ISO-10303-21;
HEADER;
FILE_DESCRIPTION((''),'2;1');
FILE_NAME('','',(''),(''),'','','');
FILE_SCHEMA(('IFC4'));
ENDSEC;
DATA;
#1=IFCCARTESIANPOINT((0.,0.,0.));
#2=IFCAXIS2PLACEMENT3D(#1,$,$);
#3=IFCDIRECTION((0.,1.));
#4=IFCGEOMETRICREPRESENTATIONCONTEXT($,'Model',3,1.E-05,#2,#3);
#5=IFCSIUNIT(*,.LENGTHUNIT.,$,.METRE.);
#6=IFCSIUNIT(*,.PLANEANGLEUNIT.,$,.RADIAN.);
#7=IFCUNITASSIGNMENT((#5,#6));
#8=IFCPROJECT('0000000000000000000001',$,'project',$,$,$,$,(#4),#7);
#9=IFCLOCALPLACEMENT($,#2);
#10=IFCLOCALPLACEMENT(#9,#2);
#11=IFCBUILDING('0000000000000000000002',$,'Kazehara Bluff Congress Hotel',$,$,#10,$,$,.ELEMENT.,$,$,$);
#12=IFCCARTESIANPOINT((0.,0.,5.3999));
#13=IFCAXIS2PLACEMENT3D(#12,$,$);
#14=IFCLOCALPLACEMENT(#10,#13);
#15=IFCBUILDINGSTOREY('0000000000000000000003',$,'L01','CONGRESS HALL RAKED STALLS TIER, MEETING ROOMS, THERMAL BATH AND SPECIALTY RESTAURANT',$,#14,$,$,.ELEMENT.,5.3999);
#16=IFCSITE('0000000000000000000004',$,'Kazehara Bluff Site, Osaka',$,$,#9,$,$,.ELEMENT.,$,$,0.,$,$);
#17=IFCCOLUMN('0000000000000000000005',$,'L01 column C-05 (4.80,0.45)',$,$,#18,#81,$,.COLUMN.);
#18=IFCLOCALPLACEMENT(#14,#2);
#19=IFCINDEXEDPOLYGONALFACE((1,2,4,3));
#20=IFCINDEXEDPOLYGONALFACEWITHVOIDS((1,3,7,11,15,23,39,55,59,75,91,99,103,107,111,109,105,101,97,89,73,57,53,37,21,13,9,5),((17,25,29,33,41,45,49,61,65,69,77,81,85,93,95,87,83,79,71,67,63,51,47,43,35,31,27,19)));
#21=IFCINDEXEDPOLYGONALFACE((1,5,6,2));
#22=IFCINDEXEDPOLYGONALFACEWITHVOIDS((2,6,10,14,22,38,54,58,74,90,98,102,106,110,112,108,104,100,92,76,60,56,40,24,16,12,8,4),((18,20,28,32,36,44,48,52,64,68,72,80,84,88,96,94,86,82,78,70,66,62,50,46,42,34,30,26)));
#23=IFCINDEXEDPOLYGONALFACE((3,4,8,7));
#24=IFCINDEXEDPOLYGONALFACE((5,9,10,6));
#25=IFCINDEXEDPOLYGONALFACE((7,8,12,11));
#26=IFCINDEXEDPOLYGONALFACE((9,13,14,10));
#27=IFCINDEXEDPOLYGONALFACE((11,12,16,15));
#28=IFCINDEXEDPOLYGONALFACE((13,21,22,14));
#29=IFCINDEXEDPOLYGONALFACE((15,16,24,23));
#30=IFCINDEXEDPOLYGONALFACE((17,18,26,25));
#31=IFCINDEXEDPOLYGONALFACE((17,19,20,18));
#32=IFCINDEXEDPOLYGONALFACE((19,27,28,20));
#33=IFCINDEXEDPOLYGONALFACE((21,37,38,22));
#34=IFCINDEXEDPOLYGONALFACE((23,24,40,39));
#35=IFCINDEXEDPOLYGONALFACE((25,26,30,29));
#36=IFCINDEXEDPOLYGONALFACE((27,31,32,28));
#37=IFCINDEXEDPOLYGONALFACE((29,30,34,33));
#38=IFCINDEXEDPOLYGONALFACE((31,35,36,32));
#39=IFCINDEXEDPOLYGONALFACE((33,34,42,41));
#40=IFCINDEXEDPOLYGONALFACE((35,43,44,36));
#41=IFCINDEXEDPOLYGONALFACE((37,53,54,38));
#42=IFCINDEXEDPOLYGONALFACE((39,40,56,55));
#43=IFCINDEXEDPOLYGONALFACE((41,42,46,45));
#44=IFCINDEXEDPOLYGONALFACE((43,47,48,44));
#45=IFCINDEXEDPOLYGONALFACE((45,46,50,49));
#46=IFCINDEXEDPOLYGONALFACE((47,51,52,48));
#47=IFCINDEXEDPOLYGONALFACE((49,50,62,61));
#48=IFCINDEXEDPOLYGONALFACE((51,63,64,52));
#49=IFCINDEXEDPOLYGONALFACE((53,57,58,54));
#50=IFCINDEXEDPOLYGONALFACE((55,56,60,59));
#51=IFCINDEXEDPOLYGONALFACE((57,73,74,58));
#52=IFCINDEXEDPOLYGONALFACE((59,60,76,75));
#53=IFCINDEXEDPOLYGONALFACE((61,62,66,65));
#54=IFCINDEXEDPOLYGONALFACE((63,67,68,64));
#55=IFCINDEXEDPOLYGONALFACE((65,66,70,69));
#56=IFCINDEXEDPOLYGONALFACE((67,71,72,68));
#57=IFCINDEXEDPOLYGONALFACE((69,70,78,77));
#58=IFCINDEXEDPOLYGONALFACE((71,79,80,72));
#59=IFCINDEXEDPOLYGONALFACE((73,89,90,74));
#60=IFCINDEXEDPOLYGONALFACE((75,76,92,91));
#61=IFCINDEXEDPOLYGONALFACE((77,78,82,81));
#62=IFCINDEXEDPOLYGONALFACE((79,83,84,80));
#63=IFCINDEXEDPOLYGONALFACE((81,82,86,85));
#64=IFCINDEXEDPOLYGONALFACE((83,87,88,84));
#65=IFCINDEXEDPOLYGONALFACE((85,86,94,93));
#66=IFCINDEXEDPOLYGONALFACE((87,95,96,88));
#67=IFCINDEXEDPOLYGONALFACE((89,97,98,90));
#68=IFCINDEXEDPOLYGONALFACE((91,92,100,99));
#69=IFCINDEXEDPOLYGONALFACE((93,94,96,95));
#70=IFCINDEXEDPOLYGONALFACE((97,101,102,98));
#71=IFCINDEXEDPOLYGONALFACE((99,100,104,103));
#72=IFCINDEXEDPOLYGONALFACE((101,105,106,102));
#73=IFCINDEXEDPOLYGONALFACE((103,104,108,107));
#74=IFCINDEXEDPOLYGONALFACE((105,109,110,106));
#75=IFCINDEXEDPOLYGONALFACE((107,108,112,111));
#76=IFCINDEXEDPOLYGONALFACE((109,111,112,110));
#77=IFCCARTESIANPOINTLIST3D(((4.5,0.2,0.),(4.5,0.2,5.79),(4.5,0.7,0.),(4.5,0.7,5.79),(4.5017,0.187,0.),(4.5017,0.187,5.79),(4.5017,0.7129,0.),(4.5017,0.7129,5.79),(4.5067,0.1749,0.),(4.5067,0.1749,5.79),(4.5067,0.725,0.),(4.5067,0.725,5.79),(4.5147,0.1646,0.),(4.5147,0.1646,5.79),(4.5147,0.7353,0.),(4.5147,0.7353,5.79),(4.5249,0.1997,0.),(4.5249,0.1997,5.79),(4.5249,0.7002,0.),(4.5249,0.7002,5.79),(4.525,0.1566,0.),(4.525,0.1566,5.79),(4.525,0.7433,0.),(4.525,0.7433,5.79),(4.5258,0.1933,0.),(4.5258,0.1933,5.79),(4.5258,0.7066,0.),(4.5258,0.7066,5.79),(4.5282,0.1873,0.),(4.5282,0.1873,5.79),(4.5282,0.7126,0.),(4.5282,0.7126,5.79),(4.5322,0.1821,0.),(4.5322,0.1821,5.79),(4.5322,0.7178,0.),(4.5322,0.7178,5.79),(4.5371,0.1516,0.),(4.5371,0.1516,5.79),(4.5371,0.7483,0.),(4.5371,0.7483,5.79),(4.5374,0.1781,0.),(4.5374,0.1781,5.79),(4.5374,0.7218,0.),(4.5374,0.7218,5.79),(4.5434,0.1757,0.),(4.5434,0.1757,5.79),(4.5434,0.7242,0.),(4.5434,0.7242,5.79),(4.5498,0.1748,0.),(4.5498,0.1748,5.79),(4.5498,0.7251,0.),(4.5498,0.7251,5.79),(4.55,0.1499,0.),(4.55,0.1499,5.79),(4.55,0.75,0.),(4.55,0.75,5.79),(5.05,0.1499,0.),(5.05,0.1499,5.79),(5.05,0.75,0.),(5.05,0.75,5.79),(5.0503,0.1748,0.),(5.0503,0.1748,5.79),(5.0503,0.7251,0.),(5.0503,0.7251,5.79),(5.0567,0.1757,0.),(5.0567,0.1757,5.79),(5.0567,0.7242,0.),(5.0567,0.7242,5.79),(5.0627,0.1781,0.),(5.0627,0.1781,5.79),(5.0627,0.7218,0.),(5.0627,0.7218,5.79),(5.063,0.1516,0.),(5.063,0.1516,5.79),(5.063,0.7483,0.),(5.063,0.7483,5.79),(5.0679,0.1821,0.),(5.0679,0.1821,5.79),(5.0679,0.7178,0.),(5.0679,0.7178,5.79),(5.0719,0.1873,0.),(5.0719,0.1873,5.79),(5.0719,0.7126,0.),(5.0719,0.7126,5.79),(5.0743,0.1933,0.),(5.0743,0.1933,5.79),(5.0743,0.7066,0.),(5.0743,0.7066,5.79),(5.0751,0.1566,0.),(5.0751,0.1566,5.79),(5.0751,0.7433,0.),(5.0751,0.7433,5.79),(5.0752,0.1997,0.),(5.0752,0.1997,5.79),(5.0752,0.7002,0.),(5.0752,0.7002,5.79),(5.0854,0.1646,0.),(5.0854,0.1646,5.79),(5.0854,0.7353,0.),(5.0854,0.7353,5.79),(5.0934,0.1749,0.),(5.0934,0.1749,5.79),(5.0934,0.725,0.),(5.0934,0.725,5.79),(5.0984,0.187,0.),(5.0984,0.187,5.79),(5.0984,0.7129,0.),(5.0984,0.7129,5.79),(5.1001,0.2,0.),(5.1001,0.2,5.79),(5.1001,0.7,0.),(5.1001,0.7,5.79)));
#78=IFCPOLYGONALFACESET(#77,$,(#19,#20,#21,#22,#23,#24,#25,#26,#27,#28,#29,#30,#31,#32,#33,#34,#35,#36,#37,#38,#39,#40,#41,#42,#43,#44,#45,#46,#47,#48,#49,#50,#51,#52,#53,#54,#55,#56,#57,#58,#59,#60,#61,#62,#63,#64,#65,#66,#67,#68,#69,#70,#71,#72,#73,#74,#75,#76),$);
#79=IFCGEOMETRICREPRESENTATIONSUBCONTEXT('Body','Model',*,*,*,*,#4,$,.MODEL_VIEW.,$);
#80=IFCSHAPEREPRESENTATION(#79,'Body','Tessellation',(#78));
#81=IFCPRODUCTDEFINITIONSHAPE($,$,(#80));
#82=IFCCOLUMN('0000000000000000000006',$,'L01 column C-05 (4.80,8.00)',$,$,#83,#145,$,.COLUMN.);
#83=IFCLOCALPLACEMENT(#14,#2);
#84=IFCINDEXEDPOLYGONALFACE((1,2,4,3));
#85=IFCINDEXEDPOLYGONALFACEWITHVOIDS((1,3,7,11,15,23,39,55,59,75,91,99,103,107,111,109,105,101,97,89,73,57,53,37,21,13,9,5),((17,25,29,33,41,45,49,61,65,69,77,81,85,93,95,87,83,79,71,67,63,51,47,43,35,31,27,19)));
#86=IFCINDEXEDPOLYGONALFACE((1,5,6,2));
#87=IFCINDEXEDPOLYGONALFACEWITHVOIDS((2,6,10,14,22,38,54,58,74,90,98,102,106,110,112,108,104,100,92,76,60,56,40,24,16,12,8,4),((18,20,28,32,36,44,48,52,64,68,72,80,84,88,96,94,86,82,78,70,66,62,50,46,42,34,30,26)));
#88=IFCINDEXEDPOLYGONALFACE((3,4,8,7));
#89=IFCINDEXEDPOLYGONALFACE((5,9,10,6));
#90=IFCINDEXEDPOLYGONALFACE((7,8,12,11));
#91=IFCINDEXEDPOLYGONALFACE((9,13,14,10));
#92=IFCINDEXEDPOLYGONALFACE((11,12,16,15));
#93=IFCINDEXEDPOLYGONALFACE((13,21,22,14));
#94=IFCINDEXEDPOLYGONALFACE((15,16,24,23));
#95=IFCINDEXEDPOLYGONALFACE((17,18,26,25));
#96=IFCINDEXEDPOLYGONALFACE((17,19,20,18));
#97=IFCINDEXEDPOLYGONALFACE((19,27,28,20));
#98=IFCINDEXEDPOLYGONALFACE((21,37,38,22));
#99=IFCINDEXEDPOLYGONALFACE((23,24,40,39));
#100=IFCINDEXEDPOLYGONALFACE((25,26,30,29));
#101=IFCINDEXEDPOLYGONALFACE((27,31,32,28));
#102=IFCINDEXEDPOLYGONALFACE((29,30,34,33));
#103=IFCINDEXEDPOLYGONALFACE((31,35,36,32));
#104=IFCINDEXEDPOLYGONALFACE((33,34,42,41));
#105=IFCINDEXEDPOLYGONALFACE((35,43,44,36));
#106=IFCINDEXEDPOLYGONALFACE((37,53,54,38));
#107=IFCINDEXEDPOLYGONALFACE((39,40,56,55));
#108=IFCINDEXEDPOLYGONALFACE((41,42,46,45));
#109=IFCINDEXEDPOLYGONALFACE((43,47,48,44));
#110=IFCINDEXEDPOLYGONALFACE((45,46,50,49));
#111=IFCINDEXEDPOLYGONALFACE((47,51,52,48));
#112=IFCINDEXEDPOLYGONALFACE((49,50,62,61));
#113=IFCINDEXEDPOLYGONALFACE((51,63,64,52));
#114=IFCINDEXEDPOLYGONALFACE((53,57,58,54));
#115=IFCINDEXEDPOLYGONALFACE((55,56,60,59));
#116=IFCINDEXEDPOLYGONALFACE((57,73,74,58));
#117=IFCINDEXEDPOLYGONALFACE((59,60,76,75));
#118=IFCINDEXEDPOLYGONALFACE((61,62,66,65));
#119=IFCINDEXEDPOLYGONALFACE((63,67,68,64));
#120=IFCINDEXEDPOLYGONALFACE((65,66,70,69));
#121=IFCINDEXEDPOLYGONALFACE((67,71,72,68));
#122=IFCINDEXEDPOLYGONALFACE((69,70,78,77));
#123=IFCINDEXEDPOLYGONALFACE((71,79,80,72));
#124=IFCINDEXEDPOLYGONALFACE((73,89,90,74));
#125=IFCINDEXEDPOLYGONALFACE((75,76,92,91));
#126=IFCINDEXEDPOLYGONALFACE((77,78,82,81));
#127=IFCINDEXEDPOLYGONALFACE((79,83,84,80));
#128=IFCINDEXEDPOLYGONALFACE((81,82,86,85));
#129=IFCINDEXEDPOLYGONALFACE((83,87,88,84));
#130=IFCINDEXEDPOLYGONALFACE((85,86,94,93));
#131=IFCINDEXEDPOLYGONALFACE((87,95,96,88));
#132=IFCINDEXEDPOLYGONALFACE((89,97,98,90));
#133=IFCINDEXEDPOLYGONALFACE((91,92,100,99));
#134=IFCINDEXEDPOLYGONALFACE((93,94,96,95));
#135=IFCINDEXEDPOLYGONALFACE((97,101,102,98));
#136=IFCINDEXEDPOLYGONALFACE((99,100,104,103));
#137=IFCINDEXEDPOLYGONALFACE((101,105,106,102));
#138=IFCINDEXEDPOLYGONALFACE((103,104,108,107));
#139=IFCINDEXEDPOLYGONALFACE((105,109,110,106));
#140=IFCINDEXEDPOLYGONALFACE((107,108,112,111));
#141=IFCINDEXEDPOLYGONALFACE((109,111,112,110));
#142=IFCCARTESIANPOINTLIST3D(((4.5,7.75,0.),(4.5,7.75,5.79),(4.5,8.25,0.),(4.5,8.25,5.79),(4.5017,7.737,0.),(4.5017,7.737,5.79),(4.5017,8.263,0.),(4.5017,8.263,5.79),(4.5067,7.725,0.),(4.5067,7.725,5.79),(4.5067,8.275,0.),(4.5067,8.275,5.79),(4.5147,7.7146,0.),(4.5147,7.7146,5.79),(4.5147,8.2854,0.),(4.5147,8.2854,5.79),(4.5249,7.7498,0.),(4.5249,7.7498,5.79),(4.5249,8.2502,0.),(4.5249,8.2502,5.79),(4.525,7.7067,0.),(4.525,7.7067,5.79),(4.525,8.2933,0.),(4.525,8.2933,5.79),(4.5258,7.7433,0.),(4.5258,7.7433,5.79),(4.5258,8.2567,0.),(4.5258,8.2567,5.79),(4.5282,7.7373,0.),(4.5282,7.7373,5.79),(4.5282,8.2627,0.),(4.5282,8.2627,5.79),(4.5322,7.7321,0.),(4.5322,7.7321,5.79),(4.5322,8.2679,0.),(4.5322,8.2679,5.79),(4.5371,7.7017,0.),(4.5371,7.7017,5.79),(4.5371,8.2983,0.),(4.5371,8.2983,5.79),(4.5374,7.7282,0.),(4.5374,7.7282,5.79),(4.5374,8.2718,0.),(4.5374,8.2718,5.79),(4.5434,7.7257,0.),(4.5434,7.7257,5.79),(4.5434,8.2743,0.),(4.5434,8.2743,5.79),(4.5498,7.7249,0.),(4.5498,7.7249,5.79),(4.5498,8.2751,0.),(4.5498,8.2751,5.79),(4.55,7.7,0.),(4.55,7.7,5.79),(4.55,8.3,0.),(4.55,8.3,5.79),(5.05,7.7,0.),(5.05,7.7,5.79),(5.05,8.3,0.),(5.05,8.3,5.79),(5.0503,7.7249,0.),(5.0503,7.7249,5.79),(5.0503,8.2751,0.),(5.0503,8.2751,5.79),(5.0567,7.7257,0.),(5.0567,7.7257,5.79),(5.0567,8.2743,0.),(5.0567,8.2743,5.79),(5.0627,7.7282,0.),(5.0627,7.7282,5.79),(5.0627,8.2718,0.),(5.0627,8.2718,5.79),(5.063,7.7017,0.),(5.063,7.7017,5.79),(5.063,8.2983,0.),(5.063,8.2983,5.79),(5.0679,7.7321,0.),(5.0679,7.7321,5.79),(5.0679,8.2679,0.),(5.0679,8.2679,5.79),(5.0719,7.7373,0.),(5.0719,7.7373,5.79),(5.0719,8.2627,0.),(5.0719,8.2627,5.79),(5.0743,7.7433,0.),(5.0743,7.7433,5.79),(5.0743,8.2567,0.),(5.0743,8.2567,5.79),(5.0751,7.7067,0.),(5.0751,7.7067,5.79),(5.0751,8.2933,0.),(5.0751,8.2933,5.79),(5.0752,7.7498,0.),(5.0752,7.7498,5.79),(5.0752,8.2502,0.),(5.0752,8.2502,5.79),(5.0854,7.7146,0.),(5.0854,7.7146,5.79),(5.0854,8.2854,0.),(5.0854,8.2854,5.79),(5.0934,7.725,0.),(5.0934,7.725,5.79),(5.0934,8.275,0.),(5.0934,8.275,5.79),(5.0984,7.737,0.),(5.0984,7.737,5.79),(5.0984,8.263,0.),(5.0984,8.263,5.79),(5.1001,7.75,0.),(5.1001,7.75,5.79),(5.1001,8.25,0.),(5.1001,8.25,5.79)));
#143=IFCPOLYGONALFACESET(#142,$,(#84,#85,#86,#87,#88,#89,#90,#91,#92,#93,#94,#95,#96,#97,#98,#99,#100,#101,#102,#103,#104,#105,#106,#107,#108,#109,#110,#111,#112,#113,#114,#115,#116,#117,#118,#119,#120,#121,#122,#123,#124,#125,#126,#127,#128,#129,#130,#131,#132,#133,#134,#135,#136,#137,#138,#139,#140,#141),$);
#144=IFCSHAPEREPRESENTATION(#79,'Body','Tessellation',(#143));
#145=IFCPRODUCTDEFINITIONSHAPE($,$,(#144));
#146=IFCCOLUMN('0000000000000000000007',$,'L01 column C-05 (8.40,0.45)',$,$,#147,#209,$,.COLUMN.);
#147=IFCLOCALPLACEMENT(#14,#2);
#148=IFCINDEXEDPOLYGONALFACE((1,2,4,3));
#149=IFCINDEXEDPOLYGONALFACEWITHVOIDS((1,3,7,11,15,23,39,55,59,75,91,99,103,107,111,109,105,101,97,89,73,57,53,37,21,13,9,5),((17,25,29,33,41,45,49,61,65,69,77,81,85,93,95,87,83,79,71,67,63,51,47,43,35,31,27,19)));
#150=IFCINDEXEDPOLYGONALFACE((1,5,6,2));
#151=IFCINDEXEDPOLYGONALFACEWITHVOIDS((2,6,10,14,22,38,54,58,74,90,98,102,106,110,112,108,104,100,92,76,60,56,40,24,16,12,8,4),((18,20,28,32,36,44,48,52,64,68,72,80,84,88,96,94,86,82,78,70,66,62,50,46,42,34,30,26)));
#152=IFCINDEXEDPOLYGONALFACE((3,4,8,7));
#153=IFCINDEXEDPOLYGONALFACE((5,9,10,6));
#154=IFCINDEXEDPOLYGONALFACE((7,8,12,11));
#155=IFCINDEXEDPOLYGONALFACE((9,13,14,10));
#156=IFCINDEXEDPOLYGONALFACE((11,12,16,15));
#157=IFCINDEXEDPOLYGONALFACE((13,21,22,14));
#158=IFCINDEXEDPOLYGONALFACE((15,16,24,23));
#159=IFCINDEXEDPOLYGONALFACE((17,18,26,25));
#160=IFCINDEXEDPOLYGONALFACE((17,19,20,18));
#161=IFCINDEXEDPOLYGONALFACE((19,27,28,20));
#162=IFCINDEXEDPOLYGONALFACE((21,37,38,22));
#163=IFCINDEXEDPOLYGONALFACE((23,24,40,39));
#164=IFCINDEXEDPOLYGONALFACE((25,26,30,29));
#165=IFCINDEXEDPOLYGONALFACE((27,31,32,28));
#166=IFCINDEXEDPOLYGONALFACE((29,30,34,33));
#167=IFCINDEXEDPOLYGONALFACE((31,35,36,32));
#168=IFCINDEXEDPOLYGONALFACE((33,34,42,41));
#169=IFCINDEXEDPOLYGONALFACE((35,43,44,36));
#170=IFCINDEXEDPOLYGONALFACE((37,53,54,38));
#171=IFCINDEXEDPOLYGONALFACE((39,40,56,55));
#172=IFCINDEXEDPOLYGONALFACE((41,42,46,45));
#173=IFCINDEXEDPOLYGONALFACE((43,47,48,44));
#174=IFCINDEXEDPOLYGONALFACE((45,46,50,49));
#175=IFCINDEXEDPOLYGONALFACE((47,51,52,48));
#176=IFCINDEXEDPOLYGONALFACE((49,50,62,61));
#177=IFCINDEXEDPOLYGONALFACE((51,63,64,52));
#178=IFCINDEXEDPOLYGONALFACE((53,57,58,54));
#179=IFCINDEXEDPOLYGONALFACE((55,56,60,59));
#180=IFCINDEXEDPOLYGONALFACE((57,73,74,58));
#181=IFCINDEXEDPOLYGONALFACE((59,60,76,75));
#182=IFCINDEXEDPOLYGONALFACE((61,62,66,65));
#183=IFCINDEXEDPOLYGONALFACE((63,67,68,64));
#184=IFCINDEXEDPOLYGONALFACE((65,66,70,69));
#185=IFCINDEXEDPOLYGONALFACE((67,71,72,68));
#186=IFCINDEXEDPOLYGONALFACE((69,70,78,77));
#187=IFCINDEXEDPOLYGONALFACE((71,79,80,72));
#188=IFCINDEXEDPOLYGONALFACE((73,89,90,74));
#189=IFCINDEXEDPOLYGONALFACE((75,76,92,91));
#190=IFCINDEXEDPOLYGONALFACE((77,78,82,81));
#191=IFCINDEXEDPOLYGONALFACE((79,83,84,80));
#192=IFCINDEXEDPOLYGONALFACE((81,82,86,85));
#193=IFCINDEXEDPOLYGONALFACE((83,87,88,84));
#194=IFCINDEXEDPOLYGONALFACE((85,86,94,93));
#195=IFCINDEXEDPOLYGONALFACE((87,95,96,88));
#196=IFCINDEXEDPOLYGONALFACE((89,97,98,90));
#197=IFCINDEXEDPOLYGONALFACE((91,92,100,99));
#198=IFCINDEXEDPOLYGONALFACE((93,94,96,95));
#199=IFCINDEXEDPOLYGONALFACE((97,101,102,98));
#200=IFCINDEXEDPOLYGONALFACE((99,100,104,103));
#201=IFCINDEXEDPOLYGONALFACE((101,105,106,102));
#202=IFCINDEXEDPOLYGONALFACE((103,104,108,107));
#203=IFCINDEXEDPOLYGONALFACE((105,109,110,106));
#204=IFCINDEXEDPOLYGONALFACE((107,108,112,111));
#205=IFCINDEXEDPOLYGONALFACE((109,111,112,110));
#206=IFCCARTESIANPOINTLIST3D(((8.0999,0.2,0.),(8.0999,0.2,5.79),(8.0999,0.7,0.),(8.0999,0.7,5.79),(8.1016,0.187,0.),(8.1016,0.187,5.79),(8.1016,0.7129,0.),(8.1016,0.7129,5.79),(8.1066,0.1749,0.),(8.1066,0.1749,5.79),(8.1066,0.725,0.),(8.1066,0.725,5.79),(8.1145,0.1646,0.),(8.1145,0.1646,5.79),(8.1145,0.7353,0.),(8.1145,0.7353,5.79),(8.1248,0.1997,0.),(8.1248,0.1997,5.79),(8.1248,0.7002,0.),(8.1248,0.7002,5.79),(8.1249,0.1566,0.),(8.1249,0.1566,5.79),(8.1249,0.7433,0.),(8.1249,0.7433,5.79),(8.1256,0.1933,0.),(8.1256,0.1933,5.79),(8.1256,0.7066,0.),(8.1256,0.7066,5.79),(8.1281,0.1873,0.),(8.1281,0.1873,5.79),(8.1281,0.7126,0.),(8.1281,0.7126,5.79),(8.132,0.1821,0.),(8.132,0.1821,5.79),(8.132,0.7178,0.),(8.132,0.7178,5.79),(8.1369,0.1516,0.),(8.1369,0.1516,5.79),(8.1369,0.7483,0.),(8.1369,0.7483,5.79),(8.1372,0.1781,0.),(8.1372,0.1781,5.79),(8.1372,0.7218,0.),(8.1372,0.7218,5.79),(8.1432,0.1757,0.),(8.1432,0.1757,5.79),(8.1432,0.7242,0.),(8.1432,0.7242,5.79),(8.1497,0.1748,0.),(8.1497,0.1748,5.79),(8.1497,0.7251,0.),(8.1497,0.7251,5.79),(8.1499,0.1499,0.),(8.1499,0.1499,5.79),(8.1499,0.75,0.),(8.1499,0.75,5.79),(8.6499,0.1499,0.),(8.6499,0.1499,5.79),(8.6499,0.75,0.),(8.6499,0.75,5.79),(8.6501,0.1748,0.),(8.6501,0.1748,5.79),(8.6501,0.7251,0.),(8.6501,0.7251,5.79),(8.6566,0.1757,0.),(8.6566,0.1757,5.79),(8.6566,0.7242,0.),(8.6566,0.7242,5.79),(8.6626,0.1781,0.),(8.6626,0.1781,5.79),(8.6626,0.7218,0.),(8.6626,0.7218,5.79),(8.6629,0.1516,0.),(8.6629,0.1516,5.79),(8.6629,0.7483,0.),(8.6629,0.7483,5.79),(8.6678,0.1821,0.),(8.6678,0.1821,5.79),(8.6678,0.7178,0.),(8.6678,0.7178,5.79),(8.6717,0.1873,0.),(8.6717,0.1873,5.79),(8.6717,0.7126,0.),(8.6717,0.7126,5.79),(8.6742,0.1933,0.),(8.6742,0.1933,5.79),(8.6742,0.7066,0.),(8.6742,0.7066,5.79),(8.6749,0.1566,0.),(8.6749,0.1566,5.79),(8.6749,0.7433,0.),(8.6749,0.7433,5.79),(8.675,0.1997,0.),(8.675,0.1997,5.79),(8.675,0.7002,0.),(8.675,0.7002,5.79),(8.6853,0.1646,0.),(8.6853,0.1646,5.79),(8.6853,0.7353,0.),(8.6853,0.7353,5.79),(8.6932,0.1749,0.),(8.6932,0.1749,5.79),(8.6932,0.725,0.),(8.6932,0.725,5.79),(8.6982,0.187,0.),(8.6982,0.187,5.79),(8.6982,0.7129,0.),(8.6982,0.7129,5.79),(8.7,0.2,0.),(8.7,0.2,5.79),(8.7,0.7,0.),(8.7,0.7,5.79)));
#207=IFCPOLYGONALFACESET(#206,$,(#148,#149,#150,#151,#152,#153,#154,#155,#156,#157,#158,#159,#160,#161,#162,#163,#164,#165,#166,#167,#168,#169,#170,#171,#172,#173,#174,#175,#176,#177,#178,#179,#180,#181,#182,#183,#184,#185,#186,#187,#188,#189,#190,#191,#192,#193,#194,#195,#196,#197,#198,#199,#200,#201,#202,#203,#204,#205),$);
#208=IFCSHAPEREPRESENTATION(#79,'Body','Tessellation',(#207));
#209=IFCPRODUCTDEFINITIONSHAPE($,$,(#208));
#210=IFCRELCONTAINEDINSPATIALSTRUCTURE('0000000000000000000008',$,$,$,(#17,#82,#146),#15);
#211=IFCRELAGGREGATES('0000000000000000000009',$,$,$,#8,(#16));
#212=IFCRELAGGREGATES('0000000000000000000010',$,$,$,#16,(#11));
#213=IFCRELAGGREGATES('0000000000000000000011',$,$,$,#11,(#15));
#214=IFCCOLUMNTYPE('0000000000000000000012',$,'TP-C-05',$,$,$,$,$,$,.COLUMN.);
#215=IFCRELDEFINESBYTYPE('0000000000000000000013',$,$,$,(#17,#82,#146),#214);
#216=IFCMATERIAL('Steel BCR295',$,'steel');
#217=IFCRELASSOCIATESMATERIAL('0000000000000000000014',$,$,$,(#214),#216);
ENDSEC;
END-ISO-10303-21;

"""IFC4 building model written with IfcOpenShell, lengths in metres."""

from ifc_helpers import new_model, si_unit, direction, frame, origin, origin_2d, place, context, subcontext, project, spatial, hollow_rectangle, extrude, material, material_profile, profile_set, type_object, element, save


model = new_model("IFC4")

# Units and contexts
model_context = context("Model", 3, precision=1e-05, world=origin(), true_north=direction((0.0, 1.0)))
body_context = subcontext(model_context, "Body", "Model", "MODEL_VIEW")
ifc_project = project(units=[si_unit("LENGTHUNIT", "METRE"), si_unit("PLANEANGLEUNIT", "RADIAN")], contexts=[model_context])

# Site, building, storey
site_placement = place(None, origin())
site = spatial("IfcSite", under=ifc_project, at=site_placement, Name="Kazehara Bluff Site, Osaka", CompositionType="ELEMENT", RefElevation=0.0)
building_placement = place(site_placement, origin())
building = spatial("IfcBuilding", under=site, at=building_placement, Name="Kazehara Bluff Congress Hotel", CompositionType="ELEMENT")
storey_placement = place(building_placement, frame((0.0, 0.0, 5.3999)))
storey = spatial("IfcBuildingStorey", under=building, at=storey_placement, Name="L01", Description="CONGRESS HALL RAKED STALLS TIER, MEETING ROOMS, THERMAL BATH AND SPECIALTY RESTAURANT", CompositionType="ELEMENT", Elevation=5.3999)

# Columns
ifc_material_1 = material(Name="Steel BCR295", Category="steel")
ifc_material_profile_1 = material_profile(ifc_material_1, hollow_rectangle(XDim=0.6001, YDim=0.6001, WallThickness=0.0249, InnerFilletRadius=0.0249, OuterFilletRadius=0.05, at=origin_2d()))
ifc_profile_set_1 = profile_set([ifc_material_profile_1], Name="Steel BCR295")
column_type = type_object("IfcColumnType", Name="TP-C-05", PredefinedType="COLUMN", material=ifc_profile_set_1)
for number, where, z_axis, x_axis, name in (
    (1, (4.8, 0.45, 0.0), (0.0, 0.0, 1.0), (1.0, 0.0, 0.0), "L01 column C-05 (4.80,0.45)"),
    (2, (4.8, 8.0, 0.0), (0.0, 0.0, 1.0), (1.0, 0.0, 0.0), "L01 column C-05 (4.80,8.00)"),
    (3, (8.3999, 0.45, 0.0), (0.0, 0.0, 1.0), (1.0, 0.0, 0.0), "L01 column C-05 (8.40,0.45)"),
):
    element("IfcColumn", number, at=place(storey_placement, frame(where, z_axis=z_axis, x_axis=x_axis)), inside=storey, type_object=column_type, Name=name, PredefinedType="COLUMN", context=body_context, shape_type="SweptSolid", body=[
        extrude(hollow_rectangle(XDim=0.6001, YDim=0.6001, WallThickness=0.0249, InnerFilletRadius=0.0249, OuterFilletRadius=0.05, at=origin_2d()), origin(), (0.0, 0.0, 1.0), 5.79),
    ])

save(model, "model.ifc")
